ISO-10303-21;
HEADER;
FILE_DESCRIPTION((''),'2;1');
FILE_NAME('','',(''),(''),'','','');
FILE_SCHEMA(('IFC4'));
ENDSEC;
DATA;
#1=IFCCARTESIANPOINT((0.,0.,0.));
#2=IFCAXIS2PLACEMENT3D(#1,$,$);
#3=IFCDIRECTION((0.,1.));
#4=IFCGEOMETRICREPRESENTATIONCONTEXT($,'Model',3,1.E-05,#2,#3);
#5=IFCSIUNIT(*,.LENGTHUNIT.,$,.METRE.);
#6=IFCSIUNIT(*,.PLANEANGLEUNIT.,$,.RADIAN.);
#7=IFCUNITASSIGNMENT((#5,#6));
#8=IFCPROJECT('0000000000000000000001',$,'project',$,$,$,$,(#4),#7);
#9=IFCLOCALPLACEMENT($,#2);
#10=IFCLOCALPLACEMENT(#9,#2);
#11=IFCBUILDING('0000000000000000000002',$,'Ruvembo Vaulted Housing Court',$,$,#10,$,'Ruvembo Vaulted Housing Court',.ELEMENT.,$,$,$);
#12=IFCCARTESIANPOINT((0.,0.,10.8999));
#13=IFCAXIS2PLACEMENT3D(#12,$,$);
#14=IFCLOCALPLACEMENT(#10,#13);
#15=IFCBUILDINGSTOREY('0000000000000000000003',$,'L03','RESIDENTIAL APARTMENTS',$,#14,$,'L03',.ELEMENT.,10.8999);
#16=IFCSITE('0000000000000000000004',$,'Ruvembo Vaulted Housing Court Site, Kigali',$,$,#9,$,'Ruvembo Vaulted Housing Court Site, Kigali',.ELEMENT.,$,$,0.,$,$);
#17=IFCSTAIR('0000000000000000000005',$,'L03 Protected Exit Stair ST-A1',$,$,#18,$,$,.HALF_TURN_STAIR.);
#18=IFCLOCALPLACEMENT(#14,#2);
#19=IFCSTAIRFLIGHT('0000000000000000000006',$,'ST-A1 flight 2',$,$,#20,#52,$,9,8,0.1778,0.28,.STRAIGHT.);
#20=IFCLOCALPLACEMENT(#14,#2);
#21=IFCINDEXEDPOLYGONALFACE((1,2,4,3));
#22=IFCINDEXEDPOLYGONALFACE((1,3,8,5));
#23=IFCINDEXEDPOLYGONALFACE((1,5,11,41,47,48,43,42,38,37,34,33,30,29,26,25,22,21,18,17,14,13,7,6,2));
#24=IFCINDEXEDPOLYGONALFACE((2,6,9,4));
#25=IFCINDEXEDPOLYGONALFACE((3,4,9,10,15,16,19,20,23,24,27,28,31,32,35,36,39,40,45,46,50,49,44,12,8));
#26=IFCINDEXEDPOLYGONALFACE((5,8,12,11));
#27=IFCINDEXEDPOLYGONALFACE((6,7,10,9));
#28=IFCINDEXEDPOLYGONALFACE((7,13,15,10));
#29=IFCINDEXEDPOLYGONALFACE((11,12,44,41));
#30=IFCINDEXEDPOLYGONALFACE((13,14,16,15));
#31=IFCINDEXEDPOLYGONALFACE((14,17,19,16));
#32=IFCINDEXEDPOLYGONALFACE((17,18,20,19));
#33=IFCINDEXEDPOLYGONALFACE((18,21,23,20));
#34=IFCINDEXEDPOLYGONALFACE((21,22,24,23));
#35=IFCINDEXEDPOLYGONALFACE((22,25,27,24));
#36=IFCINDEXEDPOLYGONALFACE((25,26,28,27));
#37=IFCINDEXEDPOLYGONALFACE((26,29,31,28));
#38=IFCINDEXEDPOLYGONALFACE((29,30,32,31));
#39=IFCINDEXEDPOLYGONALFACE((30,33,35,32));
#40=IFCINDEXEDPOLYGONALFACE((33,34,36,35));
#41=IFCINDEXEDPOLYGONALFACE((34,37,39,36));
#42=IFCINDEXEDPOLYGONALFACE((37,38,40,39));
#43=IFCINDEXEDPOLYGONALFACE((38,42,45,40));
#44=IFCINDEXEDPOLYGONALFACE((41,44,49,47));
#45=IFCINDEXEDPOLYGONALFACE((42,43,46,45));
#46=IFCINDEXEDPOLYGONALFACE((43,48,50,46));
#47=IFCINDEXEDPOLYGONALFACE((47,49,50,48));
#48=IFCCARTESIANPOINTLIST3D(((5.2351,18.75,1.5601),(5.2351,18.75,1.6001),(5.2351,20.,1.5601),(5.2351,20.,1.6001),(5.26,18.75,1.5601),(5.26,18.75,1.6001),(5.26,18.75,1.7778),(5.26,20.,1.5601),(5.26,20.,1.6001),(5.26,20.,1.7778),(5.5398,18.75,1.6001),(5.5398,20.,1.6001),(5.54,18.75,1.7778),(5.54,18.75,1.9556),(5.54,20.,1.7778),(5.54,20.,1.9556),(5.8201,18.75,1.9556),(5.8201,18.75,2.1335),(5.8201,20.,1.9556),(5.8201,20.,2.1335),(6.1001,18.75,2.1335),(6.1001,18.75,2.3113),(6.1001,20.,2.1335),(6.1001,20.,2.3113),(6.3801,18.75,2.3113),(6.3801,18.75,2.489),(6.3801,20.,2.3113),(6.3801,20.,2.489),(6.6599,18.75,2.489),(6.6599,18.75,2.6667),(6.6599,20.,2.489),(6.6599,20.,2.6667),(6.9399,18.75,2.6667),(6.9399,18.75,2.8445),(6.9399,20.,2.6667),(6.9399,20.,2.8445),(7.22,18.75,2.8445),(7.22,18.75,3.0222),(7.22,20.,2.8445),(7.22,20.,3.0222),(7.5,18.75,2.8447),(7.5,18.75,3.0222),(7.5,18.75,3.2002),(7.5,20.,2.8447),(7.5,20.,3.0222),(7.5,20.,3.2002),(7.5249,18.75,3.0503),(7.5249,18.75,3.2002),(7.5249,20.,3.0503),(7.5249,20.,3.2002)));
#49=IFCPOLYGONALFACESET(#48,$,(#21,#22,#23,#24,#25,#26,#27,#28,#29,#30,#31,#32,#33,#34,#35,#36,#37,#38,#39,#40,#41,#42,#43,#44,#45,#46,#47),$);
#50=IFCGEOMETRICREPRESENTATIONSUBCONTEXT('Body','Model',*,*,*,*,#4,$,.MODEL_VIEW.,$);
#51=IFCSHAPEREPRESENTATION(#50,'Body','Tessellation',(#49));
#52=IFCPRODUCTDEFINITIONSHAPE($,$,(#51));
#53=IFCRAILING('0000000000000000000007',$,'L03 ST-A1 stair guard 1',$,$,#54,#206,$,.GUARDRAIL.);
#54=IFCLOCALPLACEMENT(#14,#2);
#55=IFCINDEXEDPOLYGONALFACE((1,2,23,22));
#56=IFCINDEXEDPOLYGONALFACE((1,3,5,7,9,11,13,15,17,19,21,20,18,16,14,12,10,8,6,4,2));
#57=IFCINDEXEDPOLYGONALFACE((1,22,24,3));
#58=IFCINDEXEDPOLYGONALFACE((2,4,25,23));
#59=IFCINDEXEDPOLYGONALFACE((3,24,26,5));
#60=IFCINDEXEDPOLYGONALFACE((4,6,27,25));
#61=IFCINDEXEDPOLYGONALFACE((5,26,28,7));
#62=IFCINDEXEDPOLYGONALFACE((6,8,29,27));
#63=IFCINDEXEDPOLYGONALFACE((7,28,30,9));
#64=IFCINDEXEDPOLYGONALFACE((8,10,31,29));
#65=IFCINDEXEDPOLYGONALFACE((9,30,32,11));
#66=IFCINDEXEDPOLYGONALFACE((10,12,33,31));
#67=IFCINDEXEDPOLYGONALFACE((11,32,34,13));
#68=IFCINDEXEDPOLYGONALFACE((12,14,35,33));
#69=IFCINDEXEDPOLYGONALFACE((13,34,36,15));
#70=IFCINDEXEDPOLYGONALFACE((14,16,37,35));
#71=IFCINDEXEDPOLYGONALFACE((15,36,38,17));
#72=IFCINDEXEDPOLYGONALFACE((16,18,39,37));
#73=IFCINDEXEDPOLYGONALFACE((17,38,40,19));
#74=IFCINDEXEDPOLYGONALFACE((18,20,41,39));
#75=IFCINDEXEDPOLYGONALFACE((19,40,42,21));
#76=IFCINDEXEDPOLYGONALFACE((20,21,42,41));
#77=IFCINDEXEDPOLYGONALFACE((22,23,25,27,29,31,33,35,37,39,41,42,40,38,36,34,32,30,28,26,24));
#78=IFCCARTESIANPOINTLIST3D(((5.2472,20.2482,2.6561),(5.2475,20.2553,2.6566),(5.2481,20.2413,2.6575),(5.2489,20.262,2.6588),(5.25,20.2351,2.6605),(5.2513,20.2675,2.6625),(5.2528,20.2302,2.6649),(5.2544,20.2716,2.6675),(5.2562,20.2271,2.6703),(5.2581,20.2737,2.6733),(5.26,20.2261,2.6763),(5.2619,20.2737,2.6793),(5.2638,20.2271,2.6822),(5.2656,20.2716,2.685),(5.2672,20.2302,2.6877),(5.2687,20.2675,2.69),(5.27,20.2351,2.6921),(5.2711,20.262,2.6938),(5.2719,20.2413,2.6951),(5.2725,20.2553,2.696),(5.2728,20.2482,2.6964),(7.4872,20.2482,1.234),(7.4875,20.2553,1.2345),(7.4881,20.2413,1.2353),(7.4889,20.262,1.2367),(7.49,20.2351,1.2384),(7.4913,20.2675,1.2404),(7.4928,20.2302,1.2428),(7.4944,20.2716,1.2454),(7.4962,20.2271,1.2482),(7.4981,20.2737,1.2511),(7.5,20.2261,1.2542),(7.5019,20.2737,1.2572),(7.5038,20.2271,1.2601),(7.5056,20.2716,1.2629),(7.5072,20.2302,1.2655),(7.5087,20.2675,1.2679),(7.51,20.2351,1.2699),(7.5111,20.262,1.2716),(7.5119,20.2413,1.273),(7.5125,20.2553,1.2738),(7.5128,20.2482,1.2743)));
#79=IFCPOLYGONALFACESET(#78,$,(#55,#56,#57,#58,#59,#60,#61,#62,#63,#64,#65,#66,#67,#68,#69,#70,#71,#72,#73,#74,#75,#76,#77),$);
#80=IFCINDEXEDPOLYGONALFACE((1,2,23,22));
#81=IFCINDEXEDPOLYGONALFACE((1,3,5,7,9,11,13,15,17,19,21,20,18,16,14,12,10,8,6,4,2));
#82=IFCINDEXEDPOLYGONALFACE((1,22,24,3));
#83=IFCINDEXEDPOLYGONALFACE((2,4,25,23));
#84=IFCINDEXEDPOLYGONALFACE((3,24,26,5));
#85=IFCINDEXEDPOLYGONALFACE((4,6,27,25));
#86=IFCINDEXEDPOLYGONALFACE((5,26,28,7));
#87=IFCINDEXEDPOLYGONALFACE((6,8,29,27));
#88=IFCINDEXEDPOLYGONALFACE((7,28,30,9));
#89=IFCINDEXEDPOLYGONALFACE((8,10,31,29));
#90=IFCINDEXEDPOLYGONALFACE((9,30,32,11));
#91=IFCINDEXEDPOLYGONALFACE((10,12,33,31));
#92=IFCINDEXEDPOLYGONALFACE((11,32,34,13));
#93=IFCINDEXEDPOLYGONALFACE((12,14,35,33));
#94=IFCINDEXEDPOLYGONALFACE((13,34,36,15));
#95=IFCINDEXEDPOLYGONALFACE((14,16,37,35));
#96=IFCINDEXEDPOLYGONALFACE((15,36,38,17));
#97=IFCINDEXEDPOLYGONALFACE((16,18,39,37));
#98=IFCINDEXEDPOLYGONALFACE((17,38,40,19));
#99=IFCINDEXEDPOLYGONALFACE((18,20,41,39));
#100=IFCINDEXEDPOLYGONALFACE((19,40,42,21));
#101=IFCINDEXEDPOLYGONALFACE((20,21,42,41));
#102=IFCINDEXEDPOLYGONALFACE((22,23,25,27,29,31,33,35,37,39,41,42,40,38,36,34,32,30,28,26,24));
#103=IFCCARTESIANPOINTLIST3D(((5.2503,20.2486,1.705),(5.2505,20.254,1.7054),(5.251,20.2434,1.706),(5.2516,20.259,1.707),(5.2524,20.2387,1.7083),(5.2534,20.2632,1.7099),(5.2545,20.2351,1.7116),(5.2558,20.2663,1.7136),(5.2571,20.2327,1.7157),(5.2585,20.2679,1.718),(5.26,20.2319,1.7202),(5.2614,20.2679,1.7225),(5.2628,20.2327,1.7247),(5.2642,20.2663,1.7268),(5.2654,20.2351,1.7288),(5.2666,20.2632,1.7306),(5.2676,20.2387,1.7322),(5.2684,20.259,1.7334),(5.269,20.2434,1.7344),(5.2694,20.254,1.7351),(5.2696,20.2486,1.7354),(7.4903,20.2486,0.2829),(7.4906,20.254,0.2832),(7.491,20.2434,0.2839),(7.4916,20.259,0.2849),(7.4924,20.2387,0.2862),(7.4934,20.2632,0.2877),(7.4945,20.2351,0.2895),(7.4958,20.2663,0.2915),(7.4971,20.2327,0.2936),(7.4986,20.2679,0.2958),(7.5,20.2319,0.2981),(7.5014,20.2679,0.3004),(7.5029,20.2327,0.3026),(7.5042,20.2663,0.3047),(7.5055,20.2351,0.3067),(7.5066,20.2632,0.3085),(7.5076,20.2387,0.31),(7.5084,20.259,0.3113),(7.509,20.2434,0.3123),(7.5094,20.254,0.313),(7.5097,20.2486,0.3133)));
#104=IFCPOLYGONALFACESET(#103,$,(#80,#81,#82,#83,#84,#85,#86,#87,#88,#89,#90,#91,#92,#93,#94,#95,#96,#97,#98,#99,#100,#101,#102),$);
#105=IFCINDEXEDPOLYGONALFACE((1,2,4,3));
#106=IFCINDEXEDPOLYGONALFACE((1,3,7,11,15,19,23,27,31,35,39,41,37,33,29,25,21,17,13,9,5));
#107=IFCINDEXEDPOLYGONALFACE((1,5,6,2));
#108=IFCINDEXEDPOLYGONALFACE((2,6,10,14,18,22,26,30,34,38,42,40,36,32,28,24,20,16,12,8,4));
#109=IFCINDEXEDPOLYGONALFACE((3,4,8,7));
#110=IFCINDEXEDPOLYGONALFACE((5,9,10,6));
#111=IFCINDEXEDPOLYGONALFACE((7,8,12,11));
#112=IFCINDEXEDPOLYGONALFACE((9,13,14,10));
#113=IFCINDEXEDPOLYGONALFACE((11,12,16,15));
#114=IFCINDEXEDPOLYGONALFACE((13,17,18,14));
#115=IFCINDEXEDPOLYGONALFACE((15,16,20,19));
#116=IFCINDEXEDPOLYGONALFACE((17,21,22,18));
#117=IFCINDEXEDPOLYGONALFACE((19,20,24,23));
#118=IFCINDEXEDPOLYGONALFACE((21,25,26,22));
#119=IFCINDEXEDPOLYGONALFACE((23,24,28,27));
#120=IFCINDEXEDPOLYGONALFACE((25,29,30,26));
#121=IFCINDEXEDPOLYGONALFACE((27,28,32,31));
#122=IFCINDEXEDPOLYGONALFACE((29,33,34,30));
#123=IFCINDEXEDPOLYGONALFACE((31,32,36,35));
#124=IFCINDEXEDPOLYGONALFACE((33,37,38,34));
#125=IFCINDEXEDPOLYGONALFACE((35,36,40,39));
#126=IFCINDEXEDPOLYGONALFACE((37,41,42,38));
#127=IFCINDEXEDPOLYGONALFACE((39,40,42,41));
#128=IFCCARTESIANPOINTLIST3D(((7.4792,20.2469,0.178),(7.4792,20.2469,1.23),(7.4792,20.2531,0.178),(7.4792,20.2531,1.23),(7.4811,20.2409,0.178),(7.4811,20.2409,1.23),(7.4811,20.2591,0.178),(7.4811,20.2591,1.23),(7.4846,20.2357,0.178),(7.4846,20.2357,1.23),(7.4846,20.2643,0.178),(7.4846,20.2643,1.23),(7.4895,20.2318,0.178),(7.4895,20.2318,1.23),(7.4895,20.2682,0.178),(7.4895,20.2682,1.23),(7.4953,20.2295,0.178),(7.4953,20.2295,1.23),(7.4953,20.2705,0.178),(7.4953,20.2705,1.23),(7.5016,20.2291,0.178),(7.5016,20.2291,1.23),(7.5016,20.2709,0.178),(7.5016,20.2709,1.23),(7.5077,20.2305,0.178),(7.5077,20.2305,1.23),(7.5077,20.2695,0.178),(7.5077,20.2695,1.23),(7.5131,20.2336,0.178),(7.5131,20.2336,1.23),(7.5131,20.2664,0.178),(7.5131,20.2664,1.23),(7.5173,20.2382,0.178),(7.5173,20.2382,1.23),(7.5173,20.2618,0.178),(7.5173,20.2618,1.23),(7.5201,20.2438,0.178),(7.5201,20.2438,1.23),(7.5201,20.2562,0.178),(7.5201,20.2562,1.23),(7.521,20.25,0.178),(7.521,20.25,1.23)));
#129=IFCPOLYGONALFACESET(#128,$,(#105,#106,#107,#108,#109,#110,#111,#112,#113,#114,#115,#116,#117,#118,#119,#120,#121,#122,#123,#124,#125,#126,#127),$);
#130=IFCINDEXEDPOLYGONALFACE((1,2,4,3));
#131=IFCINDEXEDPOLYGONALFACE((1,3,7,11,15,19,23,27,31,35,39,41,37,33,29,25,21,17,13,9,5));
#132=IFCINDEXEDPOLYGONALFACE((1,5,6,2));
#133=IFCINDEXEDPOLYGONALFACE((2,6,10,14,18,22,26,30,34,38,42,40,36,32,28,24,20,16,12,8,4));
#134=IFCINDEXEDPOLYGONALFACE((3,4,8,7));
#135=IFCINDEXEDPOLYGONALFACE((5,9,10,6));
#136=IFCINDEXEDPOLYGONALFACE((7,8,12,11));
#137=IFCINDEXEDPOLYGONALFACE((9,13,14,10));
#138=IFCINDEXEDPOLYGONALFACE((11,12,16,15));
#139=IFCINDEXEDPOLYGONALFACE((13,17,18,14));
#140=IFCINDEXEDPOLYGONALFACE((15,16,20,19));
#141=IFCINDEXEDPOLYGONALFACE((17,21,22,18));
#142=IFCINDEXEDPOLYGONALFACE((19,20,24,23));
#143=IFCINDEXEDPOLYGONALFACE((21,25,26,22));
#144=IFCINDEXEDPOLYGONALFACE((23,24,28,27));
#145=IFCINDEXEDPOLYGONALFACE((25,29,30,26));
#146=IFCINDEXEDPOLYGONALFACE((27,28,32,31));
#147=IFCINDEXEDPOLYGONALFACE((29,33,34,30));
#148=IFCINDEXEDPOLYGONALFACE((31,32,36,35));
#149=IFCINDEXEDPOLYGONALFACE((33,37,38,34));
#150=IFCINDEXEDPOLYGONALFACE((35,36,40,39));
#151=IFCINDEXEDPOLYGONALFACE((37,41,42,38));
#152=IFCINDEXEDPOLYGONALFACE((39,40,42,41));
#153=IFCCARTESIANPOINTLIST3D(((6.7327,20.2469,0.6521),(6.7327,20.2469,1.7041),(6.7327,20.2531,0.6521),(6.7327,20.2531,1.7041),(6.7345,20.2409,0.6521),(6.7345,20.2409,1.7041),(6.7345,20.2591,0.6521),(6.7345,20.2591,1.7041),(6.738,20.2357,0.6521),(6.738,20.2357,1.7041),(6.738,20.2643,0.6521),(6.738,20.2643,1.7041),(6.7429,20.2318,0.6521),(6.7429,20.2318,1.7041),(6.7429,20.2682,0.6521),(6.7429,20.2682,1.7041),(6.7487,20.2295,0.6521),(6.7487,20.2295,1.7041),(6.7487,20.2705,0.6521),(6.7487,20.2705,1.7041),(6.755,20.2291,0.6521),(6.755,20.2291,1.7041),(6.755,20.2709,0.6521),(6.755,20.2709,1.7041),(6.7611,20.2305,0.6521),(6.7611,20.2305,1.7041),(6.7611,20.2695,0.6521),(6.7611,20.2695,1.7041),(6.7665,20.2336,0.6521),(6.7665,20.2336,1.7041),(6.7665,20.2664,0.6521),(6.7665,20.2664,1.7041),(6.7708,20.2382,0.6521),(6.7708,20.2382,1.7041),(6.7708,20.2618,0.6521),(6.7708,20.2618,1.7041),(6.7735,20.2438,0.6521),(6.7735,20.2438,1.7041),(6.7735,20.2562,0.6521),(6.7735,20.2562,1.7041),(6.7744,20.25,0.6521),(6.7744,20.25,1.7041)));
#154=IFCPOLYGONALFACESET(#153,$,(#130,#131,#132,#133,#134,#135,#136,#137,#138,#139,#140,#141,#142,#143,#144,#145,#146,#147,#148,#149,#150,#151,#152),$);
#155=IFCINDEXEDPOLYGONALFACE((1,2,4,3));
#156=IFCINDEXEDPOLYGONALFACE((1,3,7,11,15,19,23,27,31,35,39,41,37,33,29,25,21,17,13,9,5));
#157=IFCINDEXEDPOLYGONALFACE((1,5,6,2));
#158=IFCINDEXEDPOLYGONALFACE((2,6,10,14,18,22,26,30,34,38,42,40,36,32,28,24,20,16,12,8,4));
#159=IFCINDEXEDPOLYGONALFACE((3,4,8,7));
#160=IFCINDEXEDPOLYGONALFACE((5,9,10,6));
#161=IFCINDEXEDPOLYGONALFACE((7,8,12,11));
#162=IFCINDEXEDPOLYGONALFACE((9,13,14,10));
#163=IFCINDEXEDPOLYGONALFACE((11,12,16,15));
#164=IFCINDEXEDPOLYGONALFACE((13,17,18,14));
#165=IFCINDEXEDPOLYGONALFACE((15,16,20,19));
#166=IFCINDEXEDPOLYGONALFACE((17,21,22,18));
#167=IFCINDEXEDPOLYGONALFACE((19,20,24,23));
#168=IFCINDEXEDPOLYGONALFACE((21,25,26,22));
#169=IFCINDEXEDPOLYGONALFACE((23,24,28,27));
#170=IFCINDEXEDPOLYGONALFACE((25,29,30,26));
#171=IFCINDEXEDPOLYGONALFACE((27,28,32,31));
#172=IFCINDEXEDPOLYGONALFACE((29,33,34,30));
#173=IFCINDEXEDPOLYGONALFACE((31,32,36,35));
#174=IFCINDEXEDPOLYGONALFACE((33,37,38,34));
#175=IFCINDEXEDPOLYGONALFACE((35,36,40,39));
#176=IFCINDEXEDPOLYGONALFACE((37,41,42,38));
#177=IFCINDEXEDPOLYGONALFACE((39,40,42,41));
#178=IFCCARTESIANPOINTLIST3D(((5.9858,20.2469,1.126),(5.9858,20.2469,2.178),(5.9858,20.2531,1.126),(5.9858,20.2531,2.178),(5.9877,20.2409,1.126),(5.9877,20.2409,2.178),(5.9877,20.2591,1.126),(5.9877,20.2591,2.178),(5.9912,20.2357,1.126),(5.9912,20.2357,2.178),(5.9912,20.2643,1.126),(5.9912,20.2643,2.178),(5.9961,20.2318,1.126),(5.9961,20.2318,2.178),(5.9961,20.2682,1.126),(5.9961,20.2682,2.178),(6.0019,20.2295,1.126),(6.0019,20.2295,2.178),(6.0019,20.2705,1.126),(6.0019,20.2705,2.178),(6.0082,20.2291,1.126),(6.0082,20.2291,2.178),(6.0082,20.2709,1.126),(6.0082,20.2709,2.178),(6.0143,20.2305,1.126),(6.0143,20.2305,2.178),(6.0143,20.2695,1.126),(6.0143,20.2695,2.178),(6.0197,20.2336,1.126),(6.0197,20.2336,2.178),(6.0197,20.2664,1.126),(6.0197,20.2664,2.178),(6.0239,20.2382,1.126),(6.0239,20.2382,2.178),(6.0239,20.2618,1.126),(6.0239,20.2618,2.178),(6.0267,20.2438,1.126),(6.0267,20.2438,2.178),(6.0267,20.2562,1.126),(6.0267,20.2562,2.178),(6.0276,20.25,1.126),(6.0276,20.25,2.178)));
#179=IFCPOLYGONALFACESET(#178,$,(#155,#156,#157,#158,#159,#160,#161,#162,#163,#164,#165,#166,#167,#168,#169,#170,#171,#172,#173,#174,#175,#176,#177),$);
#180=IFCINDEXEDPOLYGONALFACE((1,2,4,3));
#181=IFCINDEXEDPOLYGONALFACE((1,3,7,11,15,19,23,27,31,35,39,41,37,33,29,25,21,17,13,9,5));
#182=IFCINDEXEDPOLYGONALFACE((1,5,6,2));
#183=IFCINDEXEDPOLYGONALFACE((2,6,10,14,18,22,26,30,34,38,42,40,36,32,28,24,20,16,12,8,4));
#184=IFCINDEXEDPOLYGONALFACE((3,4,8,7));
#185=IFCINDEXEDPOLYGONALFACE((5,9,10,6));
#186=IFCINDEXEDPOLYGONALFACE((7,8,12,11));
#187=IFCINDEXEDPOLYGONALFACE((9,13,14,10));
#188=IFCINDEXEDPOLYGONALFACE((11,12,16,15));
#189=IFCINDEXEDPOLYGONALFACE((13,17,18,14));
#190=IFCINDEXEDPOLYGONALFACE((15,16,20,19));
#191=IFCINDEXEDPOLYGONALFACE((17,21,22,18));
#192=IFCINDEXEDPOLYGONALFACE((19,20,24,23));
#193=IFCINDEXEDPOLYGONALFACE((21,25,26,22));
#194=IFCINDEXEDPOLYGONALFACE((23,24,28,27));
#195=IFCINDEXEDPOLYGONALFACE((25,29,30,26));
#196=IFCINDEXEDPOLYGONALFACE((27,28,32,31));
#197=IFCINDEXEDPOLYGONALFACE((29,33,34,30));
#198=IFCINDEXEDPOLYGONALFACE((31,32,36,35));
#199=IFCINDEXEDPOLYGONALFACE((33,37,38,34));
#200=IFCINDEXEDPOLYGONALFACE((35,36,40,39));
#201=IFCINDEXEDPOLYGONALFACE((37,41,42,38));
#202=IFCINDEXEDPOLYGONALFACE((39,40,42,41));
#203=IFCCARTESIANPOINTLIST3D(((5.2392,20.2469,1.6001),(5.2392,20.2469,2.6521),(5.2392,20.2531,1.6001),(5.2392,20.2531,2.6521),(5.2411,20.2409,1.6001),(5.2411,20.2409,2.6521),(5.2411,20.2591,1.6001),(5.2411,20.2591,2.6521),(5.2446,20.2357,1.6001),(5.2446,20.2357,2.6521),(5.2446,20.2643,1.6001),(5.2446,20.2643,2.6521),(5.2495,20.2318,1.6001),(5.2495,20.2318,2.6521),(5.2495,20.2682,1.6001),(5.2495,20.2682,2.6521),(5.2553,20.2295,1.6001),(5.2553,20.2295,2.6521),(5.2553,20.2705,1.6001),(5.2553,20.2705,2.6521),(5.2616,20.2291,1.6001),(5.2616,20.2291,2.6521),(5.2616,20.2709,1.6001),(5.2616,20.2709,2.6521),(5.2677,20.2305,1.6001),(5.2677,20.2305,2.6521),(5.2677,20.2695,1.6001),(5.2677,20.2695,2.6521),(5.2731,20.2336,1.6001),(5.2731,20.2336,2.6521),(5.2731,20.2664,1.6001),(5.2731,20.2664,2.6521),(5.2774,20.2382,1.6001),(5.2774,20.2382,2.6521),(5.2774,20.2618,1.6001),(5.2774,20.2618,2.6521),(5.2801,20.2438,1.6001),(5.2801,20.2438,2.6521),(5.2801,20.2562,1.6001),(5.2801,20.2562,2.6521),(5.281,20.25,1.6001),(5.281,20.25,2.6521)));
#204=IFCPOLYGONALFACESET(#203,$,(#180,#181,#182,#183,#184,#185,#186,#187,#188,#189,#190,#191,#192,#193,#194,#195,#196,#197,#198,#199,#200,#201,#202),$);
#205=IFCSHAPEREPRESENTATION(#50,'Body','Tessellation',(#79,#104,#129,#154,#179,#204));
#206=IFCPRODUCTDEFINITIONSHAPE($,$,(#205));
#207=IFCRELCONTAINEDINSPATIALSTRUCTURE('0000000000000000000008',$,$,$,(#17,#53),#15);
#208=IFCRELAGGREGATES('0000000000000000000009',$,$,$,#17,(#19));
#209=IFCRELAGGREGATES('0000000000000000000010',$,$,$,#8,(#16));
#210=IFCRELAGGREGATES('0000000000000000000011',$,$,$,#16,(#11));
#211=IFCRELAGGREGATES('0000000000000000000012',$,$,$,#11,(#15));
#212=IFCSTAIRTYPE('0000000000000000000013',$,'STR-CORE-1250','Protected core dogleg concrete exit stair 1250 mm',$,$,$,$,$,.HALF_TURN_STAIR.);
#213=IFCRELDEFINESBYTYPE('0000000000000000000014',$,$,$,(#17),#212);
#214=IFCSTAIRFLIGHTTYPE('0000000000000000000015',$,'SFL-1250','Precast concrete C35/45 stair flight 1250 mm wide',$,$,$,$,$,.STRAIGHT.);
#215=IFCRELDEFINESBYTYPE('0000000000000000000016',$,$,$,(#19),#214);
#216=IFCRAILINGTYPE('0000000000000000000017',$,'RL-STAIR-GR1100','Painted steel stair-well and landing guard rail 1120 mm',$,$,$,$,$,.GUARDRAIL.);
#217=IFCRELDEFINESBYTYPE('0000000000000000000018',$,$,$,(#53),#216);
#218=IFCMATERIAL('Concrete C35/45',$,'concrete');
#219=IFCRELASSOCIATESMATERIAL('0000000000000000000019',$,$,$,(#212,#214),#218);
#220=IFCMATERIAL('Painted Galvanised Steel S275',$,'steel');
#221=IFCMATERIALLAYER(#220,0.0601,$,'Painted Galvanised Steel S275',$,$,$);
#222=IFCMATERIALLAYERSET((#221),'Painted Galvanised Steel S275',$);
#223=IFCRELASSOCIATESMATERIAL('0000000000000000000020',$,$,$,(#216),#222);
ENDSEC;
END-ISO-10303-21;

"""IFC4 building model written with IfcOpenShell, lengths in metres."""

from ifc_helpers import new_model, si_unit, direction, frame, origin, origin_2d, place, context, subcontext, project, spatial, polyline, circle, outline, extrude, material, layer, layer_set, type_object, element, aggregate, save


model = new_model("IFC4")

# Units and contexts
model_context = context("Model", 3, precision=1e-05, world=origin(), true_north=direction((0.0, 1.0)))
body_context = subcontext(model_context, "Body", "Model", "MODEL_VIEW")
ifc_project = project(units=[si_unit("LENGTHUNIT", "METRE"), si_unit("PLANEANGLEUNIT", "RADIAN")], contexts=[model_context])

# Site, building, storey
site_placement = place(None, origin())
site = spatial("IfcSite", under=ifc_project, at=site_placement, Name="Ruvembo Vaulted Housing Court Site, Kigali", LongName="Ruvembo Vaulted Housing Court Site, Kigali", CompositionType="ELEMENT", RefElevation=0.0)
building_placement = place(site_placement, origin())
building = spatial("IfcBuilding", under=site, at=building_placement, Name="Ruvembo Vaulted Housing Court", LongName="Ruvembo Vaulted Housing Court", CompositionType="ELEMENT")
storey_placement = place(building_placement, frame((0.0, 0.0, 10.8999)))
storey = spatial("IfcBuildingStorey", under=building, at=storey_placement, Name="L03", Description="RESIDENTIAL APARTMENTS", LongName="L03", CompositionType="ELEMENT", Elevation=10.8999)

# Shared definitions
ifc_material_1 = material(Name="Concrete C35/45", Category="concrete")

# Stair, stair flight
stair_type = type_object("IfcStairType", Name="STR-CORE-1250", Description="Protected core dogleg concrete exit stair 1250 mm", PredefinedType="HALF_TURN_STAIR", material=ifc_material_1)
stair_placement = place(storey_placement, origin())
stair = element("IfcStair", 1, at=stair_placement, inside=storey, type_object=stair_type, Name="L03 Protected Exit Stair ST-A1", PredefinedType="HALF_TURN_STAIR")
stair_flight_type = type_object("IfcStairFlightType", Name="SFL-1250", Description="Precast concrete C35/45 stair flight 1250 mm wide", PredefinedType="STRAIGHT", material=ifc_material_1)
stair_flight_1_placement = place(storey_placement, frame((5.26, 19.375, 1.6001), z_axis=(0.0, 0.0, 1.0), x_axis=(1.0, 0.0, 0.0)))
stair_flight_1 = element("IfcStairFlight", 2, at=stair_flight_1_placement, type_object=stair_flight_type, Name="ST-A1 flight 2", NumberOfRisers=9, NumberOfTreads=8, PredefinedType="STRAIGHT", RiserHeight=0.1778, TreadLength=0.28, context=body_context, shape_type="SweptSolid", body=[
    extrude(outline(polyline([(-0.0249, -0.04), (-0.0249, 0.0), (0.0, 0.0), (0.0, 0.1777), (0.28, 0.1777), (0.28, 0.3555), (0.5601, 0.3555), (0.5601, 0.5334), (0.8401, 0.5334), (0.8401, 0.7112), (1.1201, 0.7112), (1.1201, 0.8889), (1.3999, 0.8889), (1.3999, 1.0667), (1.6799, 1.0667), (1.6799, 1.2444), (1.96, 1.2444), (1.96, 1.4221), (2.24, 1.4221), (2.24, 1.6001), (2.2649, 1.6001), (2.2649, 1.4502), (2.24, 1.2446), (0.2798, 0.0), (0.0, -0.04), (-0.0249, -0.04)])), frame((0.0, 0.625, 0.0), z_axis=(0.0, -1.0, 0.0), x_axis=(1.0, 0.0, 0.0)), (0.0, 0.0, 1.0), 1.25),
])
aggregate(stair, [stair_flight_1])

# Railing
ifc_material_2 = material(Name="Painted Galvanised Steel S275", Category="steel")
ifc_layer_1 = layer(ifc_material_2, 0.0601, Name="Painted Galvanised Steel S275")
ifc_layer_set_1 = layer_set([ifc_layer_1], Name="Painted Galvanised Steel S275")
railing_type_1 = type_object("IfcRailingType", Name="RL-STAIR-GR1100", Description="Painted steel stair-well and landing guard rail 1120 mm", PredefinedType="GUARDRAIL", material=ifc_layer_set_1)
railing_1_placement = place(storey_placement, frame((7.5, 20.25, 0.178)))
element("IfcRailing", 3, at=railing_1_placement, inside=storey, type_object=railing_type_1, Name="L03 ST-A1 stair guard 1", PredefinedType="GUARDRAIL", context=body_context, shape_type="SweptSolid", body=[
    extrude(circle(Radius=0.0239, at=origin_2d()), frame((0.0, 0.0, 1.0762), z_axis=(-0.844229, 0.0, 0.535982), x_axis=(0.0, -1.0, 0.0)), (0.0, 0.0, 1.0), 2.6533),
    extrude(circle(Radius=0.0181, at=origin_2d()), frame((0.0, 0.0, 0.1201), z_axis=(-0.844229, 0.0, 0.535982), x_axis=(0.0, -1.0, 0.0)), (0.0, 0.0, 1.0), 2.6533),
    extrude(circle(Radius=0.021, at=origin_2d()), origin(), (0.0, 0.0, 1.0), 1.052),
    extrude(circle(Radius=0.021, at=origin_2d()), frame((-0.7466, 0.0, 0.4741)), (0.0, 0.0, 1.0), 1.052),
    extrude(circle(Radius=0.021, at=origin_2d()), frame((-1.4934, 0.0, 0.948)), (0.0, 0.0, 1.0), 1.052),
    extrude(circle(Radius=0.021, at=origin_2d()), frame((-2.24, 0.0, 1.4221)), (0.0, 0.0, 1.0), 1.052),
])

save(model, "model.ifc")
